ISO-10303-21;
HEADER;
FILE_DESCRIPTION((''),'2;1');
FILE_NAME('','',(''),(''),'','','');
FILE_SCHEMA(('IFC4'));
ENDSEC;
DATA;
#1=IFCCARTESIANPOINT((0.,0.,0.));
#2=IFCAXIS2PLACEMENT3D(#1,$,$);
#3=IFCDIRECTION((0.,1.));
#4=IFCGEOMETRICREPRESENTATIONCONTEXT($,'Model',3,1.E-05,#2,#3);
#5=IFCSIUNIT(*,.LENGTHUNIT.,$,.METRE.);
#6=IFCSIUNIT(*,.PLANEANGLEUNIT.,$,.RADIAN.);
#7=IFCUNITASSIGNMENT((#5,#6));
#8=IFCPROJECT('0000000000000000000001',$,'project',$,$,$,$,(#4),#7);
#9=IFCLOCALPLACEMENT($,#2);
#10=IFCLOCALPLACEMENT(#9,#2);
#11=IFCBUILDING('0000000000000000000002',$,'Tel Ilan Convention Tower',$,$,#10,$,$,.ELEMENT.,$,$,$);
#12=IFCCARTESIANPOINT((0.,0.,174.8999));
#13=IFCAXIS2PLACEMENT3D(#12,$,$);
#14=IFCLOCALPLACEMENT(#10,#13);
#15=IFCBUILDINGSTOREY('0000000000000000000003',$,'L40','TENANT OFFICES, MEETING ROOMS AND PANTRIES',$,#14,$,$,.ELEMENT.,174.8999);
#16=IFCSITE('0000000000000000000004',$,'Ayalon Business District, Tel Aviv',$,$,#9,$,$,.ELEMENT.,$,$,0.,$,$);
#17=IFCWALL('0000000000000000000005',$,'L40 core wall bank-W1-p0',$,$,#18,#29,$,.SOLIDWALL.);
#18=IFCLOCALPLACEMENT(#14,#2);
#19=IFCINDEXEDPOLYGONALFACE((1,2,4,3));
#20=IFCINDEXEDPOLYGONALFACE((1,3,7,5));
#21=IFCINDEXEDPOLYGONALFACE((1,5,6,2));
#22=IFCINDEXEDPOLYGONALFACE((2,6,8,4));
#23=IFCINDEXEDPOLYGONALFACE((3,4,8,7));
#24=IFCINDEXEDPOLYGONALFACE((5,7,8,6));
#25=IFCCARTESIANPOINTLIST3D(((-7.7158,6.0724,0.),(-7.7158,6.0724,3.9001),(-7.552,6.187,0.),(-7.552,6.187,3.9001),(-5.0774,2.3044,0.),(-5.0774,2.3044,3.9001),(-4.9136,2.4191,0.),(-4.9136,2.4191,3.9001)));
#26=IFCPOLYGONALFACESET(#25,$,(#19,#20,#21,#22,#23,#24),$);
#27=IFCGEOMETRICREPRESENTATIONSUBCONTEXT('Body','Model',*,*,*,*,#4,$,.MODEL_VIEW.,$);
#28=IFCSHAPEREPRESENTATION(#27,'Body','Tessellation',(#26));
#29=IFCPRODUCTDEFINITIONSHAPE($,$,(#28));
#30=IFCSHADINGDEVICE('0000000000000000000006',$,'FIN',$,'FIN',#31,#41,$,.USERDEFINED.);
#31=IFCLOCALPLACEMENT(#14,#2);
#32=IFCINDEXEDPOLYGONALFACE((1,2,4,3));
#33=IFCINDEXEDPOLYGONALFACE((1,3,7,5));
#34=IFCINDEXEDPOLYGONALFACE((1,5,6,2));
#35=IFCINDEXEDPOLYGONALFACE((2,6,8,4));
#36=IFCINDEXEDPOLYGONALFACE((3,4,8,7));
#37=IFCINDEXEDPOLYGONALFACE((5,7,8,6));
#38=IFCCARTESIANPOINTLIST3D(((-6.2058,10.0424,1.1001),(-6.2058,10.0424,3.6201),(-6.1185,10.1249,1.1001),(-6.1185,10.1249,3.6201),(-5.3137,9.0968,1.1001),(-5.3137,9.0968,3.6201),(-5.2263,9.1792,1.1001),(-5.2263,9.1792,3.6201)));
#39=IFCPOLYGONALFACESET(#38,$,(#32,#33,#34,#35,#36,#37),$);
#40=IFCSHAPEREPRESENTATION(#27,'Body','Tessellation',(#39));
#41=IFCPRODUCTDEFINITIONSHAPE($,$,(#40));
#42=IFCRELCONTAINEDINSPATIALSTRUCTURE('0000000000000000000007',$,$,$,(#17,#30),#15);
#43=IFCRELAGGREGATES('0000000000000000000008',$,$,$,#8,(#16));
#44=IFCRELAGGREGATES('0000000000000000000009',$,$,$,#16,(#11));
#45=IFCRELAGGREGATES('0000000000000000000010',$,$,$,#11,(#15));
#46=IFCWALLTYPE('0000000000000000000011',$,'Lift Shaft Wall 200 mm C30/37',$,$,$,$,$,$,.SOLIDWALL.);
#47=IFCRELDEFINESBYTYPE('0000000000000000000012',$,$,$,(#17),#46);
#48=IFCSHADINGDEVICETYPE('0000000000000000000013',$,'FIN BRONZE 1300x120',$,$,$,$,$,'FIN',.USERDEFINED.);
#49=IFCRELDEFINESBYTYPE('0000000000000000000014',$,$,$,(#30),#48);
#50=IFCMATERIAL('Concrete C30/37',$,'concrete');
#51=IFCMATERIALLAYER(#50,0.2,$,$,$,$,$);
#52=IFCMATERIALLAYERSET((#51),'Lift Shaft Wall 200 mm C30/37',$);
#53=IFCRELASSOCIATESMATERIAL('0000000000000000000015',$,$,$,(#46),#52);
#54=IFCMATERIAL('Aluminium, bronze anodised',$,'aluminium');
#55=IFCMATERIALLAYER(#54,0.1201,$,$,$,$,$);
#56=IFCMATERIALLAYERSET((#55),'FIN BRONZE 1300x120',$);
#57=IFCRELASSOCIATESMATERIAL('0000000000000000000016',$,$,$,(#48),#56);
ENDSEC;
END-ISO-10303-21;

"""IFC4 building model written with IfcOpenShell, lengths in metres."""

from ifc_helpers import new_model, si_unit, direction, frame, frame_2d, origin, origin_2d, place, context, subcontext, project, spatial, rectangle, extrude, material, layer, layer_set, type_object, element, save


model = new_model("IFC4")

# Units and contexts
model_context = context("Model", 3, precision=1e-05, world=origin(), true_north=direction((0.0, 1.0)))
body_context = subcontext(model_context, "Body", "Model", "MODEL_VIEW")
ifc_project = project(units=[si_unit("LENGTHUNIT", "METRE"), si_unit("PLANEANGLEUNIT", "RADIAN")], contexts=[model_context])

# Site, building, storey
site_placement = place(None, origin())
site = spatial("IfcSite", under=ifc_project, at=site_placement, Name="Ayalon Business District, Tel Aviv", CompositionType="ELEMENT", RefElevation=0.0)
building_placement = place(site_placement, origin())
building = spatial("IfcBuilding", under=site, at=building_placement, Name="Tel Ilan Convention Tower", CompositionType="ELEMENT")
storey_placement = place(building_placement, frame((0.0, 0.0, 174.8999)))
storey = spatial("IfcBuildingStorey", under=building, at=storey_placement, Name="L40", Description="TENANT OFFICES, MEETING ROOMS AND PANTRIES", CompositionType="ELEMENT", Elevation=174.8999)

# Wall
ifc_material_1 = material(Name="Concrete C30/37", Category="concrete")
ifc_layer_1 = layer(ifc_material_1, 0.2)
ifc_layer_set_1 = layer_set([ifc_layer_1], Name="Lift Shaft Wall 200 mm C30/37")
wall_type_1 = type_object("IfcWallType", Name="Lift Shaft Wall 200 mm C30/37", PredefinedType="SOLIDWALL", material=ifc_layer_set_1)
wall_1_placement = place(storey_placement, frame((-4.9956, 2.3618, 0.0), z_axis=(0.0, 0.0, 1.0), x_axis=(-0.573576, 0.819152, 0.0)))
element("IfcWall", 1, at=wall_1_placement, inside=storey, type_object=wall_type_1, Name="L40 core wall bank-W1-p0", PredefinedType="SOLIDWALL", context=body_context, shape_type="SweptSolid", body=[
    extrude(rectangle(XDim=4.5999, YDim=0.2, at=frame_2d((2.2998, 0.0))), origin(), (0.0, 0.0, 1.0), 3.9001),
])

# Shading device
ifc_material_2 = material(Name="Aluminium, bronze anodised", Category="aluminium")
ifc_layer_2 = layer(ifc_material_2, 0.1201)
ifc_layer_set_2 = layer_set([ifc_layer_2], Name="FIN BRONZE 1300x120")
shading_device_type = type_object("IfcShadingDeviceType", Name="FIN BRONZE 1300x120", ElementType="FIN", PredefinedType="USERDEFINED", material=ifc_layer_set_2)
shading_device_placement = place(storey_placement, frame((-5.7161, 9.6108, 1.1001), z_axis=(0.0, 0.0, 1.0), x_axis=(-0.686242, 0.727374, 0.0)))
element("IfcShadingDevice", 2, at=shading_device_placement, inside=storey, type_object=shading_device_type, Name="FIN", ObjectType="FIN", PredefinedType="USERDEFINED", context=body_context, shape_type="SweptSolid", body=[
    extrude(rectangle(XDim=1.3, YDim=0.1201, at=origin_2d()), origin(), (0.0, 0.0, 1.0), 2.52),
])

save(model, "model.ifc")
